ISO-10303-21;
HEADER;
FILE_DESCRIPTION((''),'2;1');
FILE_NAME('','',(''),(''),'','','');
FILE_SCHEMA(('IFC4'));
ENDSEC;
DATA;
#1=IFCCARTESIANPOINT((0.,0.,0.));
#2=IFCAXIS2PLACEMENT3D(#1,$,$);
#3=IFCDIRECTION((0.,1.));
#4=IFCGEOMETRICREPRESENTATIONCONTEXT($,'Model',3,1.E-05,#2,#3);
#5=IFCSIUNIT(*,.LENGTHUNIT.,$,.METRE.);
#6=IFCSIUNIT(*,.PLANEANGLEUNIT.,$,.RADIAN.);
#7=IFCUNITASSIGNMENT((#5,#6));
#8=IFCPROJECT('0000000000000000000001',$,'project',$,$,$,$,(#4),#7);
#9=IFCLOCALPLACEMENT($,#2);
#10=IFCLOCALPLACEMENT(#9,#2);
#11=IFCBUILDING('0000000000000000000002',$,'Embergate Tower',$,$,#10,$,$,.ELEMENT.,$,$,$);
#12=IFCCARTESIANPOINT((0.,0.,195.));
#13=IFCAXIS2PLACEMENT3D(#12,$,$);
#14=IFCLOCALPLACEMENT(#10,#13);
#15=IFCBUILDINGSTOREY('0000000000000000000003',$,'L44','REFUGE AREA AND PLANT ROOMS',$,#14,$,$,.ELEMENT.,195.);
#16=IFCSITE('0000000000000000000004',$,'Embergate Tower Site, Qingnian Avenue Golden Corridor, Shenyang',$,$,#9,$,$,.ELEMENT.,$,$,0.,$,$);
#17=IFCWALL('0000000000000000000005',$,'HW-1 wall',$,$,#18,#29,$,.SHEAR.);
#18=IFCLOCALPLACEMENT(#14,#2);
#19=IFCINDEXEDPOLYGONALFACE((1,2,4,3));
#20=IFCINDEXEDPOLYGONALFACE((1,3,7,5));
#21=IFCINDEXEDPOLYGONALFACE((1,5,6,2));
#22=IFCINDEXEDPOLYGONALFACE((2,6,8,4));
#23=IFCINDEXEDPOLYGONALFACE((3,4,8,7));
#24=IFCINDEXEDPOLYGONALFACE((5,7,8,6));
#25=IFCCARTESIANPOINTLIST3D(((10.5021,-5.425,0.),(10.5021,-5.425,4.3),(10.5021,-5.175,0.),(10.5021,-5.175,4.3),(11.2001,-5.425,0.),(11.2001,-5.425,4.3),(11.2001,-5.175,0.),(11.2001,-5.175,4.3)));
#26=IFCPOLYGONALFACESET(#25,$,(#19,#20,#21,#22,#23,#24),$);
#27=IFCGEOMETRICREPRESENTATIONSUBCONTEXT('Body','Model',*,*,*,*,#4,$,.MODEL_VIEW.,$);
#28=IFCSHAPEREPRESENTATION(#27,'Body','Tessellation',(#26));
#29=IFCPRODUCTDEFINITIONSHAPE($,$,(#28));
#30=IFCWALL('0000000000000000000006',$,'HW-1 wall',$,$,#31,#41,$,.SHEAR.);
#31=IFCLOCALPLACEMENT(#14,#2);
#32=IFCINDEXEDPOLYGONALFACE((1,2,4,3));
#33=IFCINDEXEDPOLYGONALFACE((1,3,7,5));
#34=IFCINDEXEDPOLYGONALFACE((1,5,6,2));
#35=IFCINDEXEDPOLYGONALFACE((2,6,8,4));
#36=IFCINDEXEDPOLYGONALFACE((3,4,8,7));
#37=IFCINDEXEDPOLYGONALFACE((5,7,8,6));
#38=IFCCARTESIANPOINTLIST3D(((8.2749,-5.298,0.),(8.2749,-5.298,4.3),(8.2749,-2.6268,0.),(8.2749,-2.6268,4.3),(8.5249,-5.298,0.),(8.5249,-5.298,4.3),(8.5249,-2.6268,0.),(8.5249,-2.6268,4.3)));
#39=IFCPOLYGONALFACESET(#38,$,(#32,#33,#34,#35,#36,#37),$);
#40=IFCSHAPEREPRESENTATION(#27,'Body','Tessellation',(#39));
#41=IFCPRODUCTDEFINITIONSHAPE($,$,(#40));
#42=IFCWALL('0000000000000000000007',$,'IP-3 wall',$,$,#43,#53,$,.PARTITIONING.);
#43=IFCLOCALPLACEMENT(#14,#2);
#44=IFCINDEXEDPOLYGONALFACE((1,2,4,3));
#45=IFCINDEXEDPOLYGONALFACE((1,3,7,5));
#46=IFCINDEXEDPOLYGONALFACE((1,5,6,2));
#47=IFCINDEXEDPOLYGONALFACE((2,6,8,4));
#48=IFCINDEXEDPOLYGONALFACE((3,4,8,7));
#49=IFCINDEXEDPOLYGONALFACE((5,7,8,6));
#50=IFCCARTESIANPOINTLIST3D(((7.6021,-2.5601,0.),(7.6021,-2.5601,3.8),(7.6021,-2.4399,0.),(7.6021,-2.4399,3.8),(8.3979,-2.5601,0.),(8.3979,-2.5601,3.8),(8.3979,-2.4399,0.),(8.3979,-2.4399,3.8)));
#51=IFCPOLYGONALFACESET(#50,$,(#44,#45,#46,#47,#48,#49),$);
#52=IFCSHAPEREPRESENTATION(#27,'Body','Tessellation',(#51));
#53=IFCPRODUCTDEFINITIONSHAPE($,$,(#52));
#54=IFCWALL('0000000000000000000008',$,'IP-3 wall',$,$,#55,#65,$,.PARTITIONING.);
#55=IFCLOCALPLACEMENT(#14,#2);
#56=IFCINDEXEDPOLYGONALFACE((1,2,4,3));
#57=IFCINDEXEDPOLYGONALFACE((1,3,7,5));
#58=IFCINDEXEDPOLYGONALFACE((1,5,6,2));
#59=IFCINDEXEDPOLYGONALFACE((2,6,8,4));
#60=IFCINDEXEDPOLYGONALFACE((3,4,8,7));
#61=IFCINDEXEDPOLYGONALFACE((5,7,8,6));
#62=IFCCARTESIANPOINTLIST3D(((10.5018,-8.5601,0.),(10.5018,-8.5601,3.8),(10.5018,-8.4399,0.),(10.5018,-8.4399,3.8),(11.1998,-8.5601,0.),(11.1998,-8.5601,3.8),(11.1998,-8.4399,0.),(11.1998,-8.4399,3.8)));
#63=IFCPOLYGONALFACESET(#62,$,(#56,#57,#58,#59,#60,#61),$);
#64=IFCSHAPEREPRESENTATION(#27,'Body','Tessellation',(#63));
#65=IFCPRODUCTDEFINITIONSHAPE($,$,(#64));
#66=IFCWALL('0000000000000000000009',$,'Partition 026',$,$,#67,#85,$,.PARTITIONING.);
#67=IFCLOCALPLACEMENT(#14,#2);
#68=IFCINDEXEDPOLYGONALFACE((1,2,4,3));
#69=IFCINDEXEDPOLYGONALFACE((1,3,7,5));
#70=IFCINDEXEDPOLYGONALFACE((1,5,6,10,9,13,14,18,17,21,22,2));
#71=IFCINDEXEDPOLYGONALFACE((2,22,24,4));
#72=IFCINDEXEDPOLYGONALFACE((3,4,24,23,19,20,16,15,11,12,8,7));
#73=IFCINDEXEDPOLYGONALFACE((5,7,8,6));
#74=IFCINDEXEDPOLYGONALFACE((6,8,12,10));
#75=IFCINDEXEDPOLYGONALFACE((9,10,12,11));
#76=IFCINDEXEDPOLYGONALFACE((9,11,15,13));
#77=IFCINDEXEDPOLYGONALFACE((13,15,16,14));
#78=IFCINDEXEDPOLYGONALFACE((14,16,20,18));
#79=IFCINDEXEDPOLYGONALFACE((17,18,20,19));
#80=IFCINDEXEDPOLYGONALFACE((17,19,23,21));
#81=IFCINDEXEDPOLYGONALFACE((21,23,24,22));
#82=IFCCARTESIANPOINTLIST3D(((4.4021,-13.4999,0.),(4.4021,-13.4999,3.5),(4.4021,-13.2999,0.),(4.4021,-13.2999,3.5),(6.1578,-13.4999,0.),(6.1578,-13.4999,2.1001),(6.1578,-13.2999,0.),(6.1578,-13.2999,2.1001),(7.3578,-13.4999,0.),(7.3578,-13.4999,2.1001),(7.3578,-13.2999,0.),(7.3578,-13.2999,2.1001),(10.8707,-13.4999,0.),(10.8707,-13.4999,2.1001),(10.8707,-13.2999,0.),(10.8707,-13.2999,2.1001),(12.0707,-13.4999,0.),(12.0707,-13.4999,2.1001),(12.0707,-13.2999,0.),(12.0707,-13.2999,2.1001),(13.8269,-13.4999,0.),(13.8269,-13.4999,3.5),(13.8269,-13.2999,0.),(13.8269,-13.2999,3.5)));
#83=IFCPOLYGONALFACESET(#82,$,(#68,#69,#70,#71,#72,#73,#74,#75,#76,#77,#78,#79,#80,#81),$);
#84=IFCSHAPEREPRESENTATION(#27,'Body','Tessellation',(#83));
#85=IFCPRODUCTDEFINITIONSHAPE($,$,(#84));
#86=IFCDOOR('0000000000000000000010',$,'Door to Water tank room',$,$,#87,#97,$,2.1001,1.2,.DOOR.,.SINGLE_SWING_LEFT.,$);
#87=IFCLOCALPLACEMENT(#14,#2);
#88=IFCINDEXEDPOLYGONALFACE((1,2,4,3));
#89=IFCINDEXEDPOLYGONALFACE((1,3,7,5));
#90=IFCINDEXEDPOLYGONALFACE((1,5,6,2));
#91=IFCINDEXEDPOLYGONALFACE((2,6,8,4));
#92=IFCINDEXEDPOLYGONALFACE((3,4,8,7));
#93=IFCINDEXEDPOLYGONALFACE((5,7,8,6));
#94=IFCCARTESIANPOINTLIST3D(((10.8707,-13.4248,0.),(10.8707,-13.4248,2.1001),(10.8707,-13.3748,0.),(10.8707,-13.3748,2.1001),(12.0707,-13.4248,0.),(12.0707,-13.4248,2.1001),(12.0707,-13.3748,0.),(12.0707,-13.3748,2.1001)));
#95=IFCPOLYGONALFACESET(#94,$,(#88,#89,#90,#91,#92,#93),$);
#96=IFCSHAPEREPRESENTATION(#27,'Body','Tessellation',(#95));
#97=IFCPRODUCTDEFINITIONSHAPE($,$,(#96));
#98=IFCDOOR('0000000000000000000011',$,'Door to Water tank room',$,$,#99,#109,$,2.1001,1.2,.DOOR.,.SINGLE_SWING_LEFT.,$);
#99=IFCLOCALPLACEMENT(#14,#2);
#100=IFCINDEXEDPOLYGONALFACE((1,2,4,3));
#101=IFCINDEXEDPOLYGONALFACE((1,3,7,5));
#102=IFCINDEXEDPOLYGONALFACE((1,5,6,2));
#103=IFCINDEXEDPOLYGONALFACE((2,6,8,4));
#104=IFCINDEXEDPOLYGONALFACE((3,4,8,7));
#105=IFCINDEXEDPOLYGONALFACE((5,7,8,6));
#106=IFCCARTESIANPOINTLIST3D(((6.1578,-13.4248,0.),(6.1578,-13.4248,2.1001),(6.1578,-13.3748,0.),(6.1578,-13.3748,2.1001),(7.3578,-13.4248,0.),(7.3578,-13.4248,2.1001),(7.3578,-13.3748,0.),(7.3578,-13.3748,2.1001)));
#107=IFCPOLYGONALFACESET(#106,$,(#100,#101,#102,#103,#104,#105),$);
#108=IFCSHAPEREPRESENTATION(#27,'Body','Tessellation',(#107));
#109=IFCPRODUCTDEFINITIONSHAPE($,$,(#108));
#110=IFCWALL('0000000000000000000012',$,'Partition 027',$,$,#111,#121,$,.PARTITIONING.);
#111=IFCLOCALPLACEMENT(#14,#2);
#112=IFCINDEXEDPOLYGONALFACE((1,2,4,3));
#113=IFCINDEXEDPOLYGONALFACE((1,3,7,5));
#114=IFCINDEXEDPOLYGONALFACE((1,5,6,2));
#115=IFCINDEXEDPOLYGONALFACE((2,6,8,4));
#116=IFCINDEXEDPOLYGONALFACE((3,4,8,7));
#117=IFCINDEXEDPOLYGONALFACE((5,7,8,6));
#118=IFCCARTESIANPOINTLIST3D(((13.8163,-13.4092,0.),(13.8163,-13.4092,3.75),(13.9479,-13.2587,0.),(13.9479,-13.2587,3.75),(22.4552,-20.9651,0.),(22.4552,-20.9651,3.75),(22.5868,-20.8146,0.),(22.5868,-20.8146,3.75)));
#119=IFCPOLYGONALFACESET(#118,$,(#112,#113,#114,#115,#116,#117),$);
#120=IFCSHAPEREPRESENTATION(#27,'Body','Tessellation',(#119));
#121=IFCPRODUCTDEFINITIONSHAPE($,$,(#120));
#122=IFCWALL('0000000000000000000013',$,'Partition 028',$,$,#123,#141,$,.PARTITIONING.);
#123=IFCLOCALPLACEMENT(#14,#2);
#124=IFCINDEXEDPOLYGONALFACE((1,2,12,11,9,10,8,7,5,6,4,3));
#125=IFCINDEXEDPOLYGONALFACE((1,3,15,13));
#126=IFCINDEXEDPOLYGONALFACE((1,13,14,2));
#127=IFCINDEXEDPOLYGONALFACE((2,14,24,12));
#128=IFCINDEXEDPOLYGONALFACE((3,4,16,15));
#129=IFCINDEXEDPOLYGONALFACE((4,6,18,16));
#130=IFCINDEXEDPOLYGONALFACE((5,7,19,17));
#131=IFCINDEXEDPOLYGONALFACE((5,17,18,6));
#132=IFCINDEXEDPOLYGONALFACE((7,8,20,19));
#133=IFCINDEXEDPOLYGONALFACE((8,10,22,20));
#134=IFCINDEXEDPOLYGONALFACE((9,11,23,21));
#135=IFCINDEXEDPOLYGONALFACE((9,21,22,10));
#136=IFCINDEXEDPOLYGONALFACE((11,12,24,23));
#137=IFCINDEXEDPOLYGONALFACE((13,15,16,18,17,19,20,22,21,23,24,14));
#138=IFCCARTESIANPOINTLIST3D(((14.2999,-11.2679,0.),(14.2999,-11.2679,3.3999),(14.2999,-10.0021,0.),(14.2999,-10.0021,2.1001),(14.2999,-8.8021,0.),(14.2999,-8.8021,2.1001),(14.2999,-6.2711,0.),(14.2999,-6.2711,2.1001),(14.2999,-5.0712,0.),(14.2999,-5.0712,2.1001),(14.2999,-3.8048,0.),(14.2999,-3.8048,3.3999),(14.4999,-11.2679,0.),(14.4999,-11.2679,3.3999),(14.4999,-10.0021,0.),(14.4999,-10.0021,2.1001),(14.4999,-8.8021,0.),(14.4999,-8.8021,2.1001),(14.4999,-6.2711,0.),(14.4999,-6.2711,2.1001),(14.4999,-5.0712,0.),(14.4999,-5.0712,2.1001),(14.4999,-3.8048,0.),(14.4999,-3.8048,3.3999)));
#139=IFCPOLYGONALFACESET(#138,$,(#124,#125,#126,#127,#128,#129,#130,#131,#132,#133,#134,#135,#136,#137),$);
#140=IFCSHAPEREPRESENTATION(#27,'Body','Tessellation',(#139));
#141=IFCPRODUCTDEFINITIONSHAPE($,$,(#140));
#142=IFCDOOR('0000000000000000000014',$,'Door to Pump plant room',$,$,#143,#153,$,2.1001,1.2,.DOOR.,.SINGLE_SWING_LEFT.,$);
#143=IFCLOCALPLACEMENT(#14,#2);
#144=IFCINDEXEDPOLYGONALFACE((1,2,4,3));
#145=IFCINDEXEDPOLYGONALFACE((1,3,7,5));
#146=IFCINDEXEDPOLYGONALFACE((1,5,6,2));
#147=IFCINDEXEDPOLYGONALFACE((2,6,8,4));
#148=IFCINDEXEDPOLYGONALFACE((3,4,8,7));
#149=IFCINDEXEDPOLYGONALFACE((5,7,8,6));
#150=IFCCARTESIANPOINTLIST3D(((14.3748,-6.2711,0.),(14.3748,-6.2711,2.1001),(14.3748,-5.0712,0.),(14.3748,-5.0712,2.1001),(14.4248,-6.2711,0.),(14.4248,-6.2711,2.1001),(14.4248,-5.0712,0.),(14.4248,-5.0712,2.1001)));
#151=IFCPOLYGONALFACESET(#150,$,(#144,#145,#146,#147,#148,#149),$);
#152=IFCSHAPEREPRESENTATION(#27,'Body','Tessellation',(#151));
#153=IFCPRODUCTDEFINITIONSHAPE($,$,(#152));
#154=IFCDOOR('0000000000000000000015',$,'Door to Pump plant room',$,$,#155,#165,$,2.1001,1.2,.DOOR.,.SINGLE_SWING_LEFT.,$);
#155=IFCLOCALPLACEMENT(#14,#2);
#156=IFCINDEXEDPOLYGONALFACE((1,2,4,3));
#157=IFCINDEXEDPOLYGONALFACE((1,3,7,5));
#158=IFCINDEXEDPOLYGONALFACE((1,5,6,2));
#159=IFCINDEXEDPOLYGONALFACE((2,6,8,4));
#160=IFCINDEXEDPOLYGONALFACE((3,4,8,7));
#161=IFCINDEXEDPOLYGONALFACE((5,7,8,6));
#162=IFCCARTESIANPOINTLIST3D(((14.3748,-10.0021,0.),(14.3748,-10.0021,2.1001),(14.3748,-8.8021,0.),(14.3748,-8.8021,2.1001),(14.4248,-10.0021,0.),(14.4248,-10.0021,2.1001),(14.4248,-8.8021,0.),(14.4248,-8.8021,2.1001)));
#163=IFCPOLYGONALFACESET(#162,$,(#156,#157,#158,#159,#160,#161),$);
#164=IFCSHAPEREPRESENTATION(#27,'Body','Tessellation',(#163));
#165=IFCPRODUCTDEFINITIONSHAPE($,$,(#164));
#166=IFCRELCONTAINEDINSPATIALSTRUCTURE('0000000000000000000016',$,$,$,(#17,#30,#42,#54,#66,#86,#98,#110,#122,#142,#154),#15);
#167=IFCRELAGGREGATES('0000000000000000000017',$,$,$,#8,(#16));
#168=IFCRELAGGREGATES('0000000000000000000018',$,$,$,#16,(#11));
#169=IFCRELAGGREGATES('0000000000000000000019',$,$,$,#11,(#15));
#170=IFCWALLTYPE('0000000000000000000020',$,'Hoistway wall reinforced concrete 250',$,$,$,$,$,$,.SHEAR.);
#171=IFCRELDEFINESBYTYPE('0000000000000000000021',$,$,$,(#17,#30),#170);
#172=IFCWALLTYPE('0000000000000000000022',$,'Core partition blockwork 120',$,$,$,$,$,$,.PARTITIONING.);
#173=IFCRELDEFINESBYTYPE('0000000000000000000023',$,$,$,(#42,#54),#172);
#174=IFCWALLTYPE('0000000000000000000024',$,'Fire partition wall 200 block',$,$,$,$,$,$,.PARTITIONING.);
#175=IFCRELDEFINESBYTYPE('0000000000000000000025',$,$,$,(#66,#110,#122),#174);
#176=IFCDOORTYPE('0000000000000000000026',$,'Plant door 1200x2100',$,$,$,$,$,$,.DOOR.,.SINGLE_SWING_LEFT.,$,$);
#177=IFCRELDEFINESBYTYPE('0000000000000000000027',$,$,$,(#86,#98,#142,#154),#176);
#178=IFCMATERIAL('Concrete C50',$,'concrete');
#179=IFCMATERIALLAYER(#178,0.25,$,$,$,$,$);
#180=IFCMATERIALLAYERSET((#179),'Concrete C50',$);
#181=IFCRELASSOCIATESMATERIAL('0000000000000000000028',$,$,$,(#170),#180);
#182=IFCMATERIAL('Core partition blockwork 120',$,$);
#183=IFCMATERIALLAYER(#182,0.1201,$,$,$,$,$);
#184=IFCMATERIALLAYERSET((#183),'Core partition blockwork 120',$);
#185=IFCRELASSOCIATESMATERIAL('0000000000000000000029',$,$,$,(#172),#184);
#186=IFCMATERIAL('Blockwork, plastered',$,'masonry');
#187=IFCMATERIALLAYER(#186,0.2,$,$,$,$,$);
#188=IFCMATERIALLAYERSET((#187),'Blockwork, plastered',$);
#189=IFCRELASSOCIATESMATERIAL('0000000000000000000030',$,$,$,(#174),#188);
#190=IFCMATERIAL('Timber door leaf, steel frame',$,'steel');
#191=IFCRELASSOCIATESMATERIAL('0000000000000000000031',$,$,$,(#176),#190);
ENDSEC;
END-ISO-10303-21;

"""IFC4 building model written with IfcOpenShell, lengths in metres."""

from ifc_helpers import new_model, si_unit, direction, frame, frame_2d, origin, place, context, subcontext, project, spatial, rectangle, extrude, source, transform, mapped, material, layer, layer_set, type_object, element, fill, save


model = new_model("IFC4")

# Units and contexts
model_context = context("Model", 3, precision=1e-05, world=origin(), true_north=direction((0.0, 1.0)))
body_context = subcontext(model_context, "Body", "Model", "MODEL_VIEW")
ifc_project = project(units=[si_unit("LENGTHUNIT", "METRE"), si_unit("PLANEANGLEUNIT", "RADIAN")], contexts=[model_context])

# Site, building, storey
site_placement = place(None, origin())
site = spatial("IfcSite", under=ifc_project, at=site_placement, Name="Embergate Tower Site, Qingnian Avenue Golden Corridor, Shenyang", CompositionType="ELEMENT", RefElevation=0.0)
building_placement = place(site_placement, origin())
building = spatial("IfcBuilding", under=site, at=building_placement, Name="Embergate Tower", CompositionType="ELEMENT")
storey_placement = place(building_placement, frame((0.0, 0.0, 195.0)))
storey = spatial("IfcBuildingStorey", under=building, at=storey_placement, Name="L44", Description="REFUGE AREA AND PLANT ROOMS", CompositionType="ELEMENT", Elevation=195.0)

# Walls
ifc_material_1 = material(Name="Concrete C50", Category="concrete")
ifc_layer_1 = layer(ifc_material_1, 0.25)
ifc_layer_set_1 = layer_set([ifc_layer_1], Name="Concrete C50")
wall_type_1 = type_object("IfcWallType", Name="Hoistway wall reinforced concrete 250", PredefinedType="SHEAR", material=ifc_layer_set_1)
shared_shape_1 = source(origin(), body_context, "Body", "SweptSolid", [
    extrude(rectangle(XDim=0.698, YDim=0.25, at=frame_2d((0.3491, 0.0))), origin(), (0.0, 0.0, 1.0), 4.3),
])
wall_1_placement = place(storey_placement, frame((10.502, -5.3, 0.0), z_axis=(0.0, 0.0, 1.0), x_axis=(1.0, 0.0, 0.0)))
element("IfcWall", 1, at=wall_1_placement, inside=storey, type_object=wall_type_1, Name="HW-1 wall", PredefinedType="SHEAR", context=body_context, shape_type="MappedRepresentation", body=[
    mapped(shared_shape_1, transform((0.0, 0.0, 0.0))),
])
shared_shape_2 = source(origin(), body_context, "Body", "SweptSolid", [
    extrude(rectangle(XDim=2.6711, YDim=0.25, at=frame_2d((1.3354, 0.0))), origin(), (0.0, 0.0, 1.0), 4.3),
])
wall_2_placement = place(storey_placement, frame((8.3999, -2.627, 0.0), z_axis=(0.0, 0.0, 1.0), x_axis=(0.0, -1.0, 0.0)))
element("IfcWall", 2, at=wall_2_placement, inside=storey, type_object=wall_type_1, Name="HW-1 wall", PredefinedType="SHEAR", context=body_context, shape_type="MappedRepresentation", body=[
    mapped(shared_shape_2, transform((0.0, 0.0, 0.0))),
])
ifc_material_2 = material(Name="Core partition blockwork 120")
ifc_layer_2 = layer(ifc_material_2, 0.1201)
ifc_layer_set_2 = layer_set([ifc_layer_2], Name="Core partition blockwork 120")
wall_type_2 = type_object("IfcWallType", Name="Core partition blockwork 120", PredefinedType="PARTITIONING", material=ifc_layer_set_2)
shared_shape_3 = source(origin(), body_context, "Body", "SweptSolid", [
    extrude(rectangle(XDim=0.7959, YDim=0.1201, at=frame_2d((0.3979, 0.0))), origin(), (0.0, 0.0, 1.0), 3.8),
])
wall_3_placement = place(storey_placement, frame((7.6021, -2.5, 0.0), z_axis=(0.0, 0.0, 1.0), x_axis=(1.0, 0.0, 0.0)))
element("IfcWall", 3, at=wall_3_placement, inside=storey, type_object=wall_type_2, Name="IP-3 wall", PredefinedType="PARTITIONING", context=body_context, shape_type="MappedRepresentation", body=[
    mapped(shared_shape_3, transform((0.0, 0.0, 0.0))),
])
shared_shape_4 = source(origin(), body_context, "Body", "SweptSolid", [
    extrude(rectangle(XDim=0.698, YDim=0.1201, at=frame_2d((0.3491, 0.0))), origin(), (0.0, 0.0, 1.0), 3.8),
])
wall_4_placement = place(storey_placement, frame((11.2, -8.5, 0.0), z_axis=(0.0, 0.0, 1.0), x_axis=(-1.0, 0.0, 0.0)))
element("IfcWall", 4, at=wall_4_placement, inside=storey, type_object=wall_type_2, Name="IP-3 wall", PredefinedType="PARTITIONING", context=body_context, shape_type="MappedRepresentation", body=[
    mapped(shared_shape_4, transform((0.0, 0.0, 0.0))),
])

# Wall, openings, doors
ifc_material_3 = material(Name="Blockwork, plastered", Category="masonry")
ifc_layer_3 = layer(ifc_material_3, 0.2)
ifc_layer_set_3 = layer_set([ifc_layer_3], Name="Blockwork, plastered")
wall_type_3 = type_object("IfcWallType", Name="Fire partition wall 200 block", PredefinedType="PARTITIONING", material=ifc_layer_set_3)
shared_shape_5 = source(origin(), body_context, "Body", "SweptSolid", [
    extrude(rectangle(XDim=9.4248, YDim=0.2, at=frame_2d((4.7124, 0.0))), origin(), (0.0, 0.0, 1.0), 3.5),
])
wall_5_placement = place(storey_placement, frame((13.8269, -13.3999, 0.0), z_axis=(0.0, 0.0, 1.0), x_axis=(-1.0, 0.0, 0.0)))
wall_5 = element("IfcWall", 5, at=wall_5_placement, inside=storey, type_object=wall_type_3, Name="Partition 026", PredefinedType="PARTITIONING", context=body_context, shape_type="MappedRepresentation", body=[
    mapped(shared_shape_5, transform((0.0, 0.0, 0.0))),
])
shared_shape_6 = source(origin(), body_context, "Body", "SweptSolid", [
    extrude(rectangle(XDim=1.2, YDim=2.1001, at=frame_2d((0.6001, 1.05))), frame((0.0, 0.1099, 0.0), z_axis=(0.0, -1.0, 0.0), x_axis=(1.0, 0.0, 0.0)), (0.0, 0.0, 1.0), 0.22),
])
opening_1_placement = place(wall_5_placement, frame((1.7561, 0.0, 0.0)))
opening_1 = element("IfcOpeningElement", 6, at=opening_1_placement, cuts=wall_5, PredefinedType="OPENING", context=body_context, shape_type="MappedRepresentation", body=[
    mapped(shared_shape_6, transform((0.0, 0.0, 0.0))),
])
opening_2_placement = place(wall_5_placement, frame((6.469, 0.0, 0.0)))
opening_2 = element("IfcOpeningElement", 7, at=opening_2_placement, cuts=wall_5, PredefinedType="OPENING", context=body_context, shape_type="MappedRepresentation", body=[
    mapped(shared_shape_6, transform((0.0, 0.0, 0.0))),
])
ifc_material_4 = material(Name="Timber door leaf, steel frame", Category="steel")
door_type_1 = type_object("IfcDoorType", Name="Plant door 1200x2100", OperationType="SINGLE_SWING_LEFT", PredefinedType="DOOR", material=ifc_material_4)
shared_shape_7 = source(origin(), body_context, "Body", "SweptSolid", [
    extrude(rectangle(XDim=1.2, YDim=2.1001, at=frame_2d((0.6001, 1.05))), frame((0.0, 0.0249, 0.0), z_axis=(0.0, -1.0, 0.0), x_axis=(1.0, 0.0, 0.0)), (0.0, 0.0, 1.0), 0.05),
])
door_1_placement = place(opening_1_placement, origin())
door_1 = element("IfcDoor", 8, at=door_1_placement, inside=storey, type_object=door_type_1, Name="Door to Water tank room", OperationType="SINGLE_SWING_LEFT", OverallHeight=2.1001, OverallWidth=1.2, PredefinedType="DOOR", context=body_context, shape_type="MappedRepresentation", body=[
    mapped(shared_shape_7, transform((0.0, 0.0, 0.0))),
])
fill(opening_1, door_1)
door_2_placement = place(opening_2_placement, origin())
door_2 = element("IfcDoor", 9, at=door_2_placement, inside=storey, type_object=door_type_1, Name="Door to Water tank room", OperationType="SINGLE_SWING_LEFT", OverallHeight=2.1001, OverallWidth=1.2, PredefinedType="DOOR", context=body_context, shape_type="MappedRepresentation", body=[
    mapped(shared_shape_7, transform((0.0, 0.0, 0.0))),
])
fill(opening_2, door_2)

# Wall
shared_shape_8 = source(origin(), body_context, "Body", "SweptSolid", [
    extrude(rectangle(XDim=11.4771, YDim=0.2, at=frame_2d((5.7385, 0.0))), origin(), (0.0, 0.0, 1.0), 3.75),
])
wall_6_placement = place(storey_placement, frame((13.8821, -13.334, 0.0), z_axis=(0.0, 0.0, 1.0), x_axis=(0.752712, -0.658349, 0.0)))
element("IfcWall", 10, at=wall_6_placement, inside=storey, type_object=wall_type_3, Name="Partition 027", PredefinedType="PARTITIONING", context=body_context, shape_type="MappedRepresentation", body=[
    mapped(shared_shape_8, transform((0.0, 0.0, 0.0))),
])

# Wall, openings, doors
shared_shape_9 = source(origin(), body_context, "Body", "SweptSolid", [
    extrude(rectangle(XDim=7.4631, YDim=0.2, at=frame_2d((3.7314, 0.0))), origin(), (0.0, 0.0, 1.0), 3.3999),
])
wall_7_placement = place(storey_placement, frame((14.3999, -3.8049, 0.0), z_axis=(0.0, 0.0, 1.0), x_axis=(0.0, -1.0, 0.0)))
wall_7 = element("IfcWall", 11, at=wall_7_placement, inside=storey, type_object=wall_type_3, Name="Partition 028", PredefinedType="PARTITIONING", context=body_context, shape_type="MappedRepresentation", body=[
    mapped(shared_shape_9, transform((0.0, 0.0, 0.0))),
])
opening_3_placement = place(wall_7_placement, frame((1.2661, 0.0, 0.0)))
opening_3 = element("IfcOpeningElement", 12, at=opening_3_placement, cuts=wall_7, PredefinedType="OPENING", context=body_context, shape_type="MappedRepresentation", body=[
    mapped(shared_shape_6, transform((0.0, 0.0, 0.0))),
])
opening_4_placement = place(wall_7_placement, frame((4.9971, 0.0, 0.0)))
opening_4 = element("IfcOpeningElement", 13, at=opening_4_placement, cuts=wall_7, PredefinedType="OPENING", context=body_context, shape_type="MappedRepresentation", body=[
    mapped(shared_shape_6, transform((0.0, 0.0, 0.0))),
])
door_3_placement = place(opening_3_placement, origin())
door_3 = element("IfcDoor", 14, at=door_3_placement, inside=storey, type_object=door_type_1, Name="Door to Pump plant room", OperationType="SINGLE_SWING_LEFT", OverallHeight=2.1001, OverallWidth=1.2, PredefinedType="DOOR", context=body_context, shape_type="MappedRepresentation", body=[
    mapped(shared_shape_7, transform((0.0, 0.0, 0.0))),
])
fill(opening_3, door_3)
door_4_placement = place(opening_4_placement, origin())
door_4 = element("IfcDoor", 15, at=door_4_placement, inside=storey, type_object=door_type_1, Name="Door to Pump plant room", OperationType="SINGLE_SWING_LEFT", OverallHeight=2.1001, OverallWidth=1.2, PredefinedType="DOOR", context=body_context, shape_type="MappedRepresentation", body=[
    mapped(shared_shape_7, transform((0.0, 0.0, 0.0))),
])
fill(opening_4, door_4)

save(model, "model.ifc")
